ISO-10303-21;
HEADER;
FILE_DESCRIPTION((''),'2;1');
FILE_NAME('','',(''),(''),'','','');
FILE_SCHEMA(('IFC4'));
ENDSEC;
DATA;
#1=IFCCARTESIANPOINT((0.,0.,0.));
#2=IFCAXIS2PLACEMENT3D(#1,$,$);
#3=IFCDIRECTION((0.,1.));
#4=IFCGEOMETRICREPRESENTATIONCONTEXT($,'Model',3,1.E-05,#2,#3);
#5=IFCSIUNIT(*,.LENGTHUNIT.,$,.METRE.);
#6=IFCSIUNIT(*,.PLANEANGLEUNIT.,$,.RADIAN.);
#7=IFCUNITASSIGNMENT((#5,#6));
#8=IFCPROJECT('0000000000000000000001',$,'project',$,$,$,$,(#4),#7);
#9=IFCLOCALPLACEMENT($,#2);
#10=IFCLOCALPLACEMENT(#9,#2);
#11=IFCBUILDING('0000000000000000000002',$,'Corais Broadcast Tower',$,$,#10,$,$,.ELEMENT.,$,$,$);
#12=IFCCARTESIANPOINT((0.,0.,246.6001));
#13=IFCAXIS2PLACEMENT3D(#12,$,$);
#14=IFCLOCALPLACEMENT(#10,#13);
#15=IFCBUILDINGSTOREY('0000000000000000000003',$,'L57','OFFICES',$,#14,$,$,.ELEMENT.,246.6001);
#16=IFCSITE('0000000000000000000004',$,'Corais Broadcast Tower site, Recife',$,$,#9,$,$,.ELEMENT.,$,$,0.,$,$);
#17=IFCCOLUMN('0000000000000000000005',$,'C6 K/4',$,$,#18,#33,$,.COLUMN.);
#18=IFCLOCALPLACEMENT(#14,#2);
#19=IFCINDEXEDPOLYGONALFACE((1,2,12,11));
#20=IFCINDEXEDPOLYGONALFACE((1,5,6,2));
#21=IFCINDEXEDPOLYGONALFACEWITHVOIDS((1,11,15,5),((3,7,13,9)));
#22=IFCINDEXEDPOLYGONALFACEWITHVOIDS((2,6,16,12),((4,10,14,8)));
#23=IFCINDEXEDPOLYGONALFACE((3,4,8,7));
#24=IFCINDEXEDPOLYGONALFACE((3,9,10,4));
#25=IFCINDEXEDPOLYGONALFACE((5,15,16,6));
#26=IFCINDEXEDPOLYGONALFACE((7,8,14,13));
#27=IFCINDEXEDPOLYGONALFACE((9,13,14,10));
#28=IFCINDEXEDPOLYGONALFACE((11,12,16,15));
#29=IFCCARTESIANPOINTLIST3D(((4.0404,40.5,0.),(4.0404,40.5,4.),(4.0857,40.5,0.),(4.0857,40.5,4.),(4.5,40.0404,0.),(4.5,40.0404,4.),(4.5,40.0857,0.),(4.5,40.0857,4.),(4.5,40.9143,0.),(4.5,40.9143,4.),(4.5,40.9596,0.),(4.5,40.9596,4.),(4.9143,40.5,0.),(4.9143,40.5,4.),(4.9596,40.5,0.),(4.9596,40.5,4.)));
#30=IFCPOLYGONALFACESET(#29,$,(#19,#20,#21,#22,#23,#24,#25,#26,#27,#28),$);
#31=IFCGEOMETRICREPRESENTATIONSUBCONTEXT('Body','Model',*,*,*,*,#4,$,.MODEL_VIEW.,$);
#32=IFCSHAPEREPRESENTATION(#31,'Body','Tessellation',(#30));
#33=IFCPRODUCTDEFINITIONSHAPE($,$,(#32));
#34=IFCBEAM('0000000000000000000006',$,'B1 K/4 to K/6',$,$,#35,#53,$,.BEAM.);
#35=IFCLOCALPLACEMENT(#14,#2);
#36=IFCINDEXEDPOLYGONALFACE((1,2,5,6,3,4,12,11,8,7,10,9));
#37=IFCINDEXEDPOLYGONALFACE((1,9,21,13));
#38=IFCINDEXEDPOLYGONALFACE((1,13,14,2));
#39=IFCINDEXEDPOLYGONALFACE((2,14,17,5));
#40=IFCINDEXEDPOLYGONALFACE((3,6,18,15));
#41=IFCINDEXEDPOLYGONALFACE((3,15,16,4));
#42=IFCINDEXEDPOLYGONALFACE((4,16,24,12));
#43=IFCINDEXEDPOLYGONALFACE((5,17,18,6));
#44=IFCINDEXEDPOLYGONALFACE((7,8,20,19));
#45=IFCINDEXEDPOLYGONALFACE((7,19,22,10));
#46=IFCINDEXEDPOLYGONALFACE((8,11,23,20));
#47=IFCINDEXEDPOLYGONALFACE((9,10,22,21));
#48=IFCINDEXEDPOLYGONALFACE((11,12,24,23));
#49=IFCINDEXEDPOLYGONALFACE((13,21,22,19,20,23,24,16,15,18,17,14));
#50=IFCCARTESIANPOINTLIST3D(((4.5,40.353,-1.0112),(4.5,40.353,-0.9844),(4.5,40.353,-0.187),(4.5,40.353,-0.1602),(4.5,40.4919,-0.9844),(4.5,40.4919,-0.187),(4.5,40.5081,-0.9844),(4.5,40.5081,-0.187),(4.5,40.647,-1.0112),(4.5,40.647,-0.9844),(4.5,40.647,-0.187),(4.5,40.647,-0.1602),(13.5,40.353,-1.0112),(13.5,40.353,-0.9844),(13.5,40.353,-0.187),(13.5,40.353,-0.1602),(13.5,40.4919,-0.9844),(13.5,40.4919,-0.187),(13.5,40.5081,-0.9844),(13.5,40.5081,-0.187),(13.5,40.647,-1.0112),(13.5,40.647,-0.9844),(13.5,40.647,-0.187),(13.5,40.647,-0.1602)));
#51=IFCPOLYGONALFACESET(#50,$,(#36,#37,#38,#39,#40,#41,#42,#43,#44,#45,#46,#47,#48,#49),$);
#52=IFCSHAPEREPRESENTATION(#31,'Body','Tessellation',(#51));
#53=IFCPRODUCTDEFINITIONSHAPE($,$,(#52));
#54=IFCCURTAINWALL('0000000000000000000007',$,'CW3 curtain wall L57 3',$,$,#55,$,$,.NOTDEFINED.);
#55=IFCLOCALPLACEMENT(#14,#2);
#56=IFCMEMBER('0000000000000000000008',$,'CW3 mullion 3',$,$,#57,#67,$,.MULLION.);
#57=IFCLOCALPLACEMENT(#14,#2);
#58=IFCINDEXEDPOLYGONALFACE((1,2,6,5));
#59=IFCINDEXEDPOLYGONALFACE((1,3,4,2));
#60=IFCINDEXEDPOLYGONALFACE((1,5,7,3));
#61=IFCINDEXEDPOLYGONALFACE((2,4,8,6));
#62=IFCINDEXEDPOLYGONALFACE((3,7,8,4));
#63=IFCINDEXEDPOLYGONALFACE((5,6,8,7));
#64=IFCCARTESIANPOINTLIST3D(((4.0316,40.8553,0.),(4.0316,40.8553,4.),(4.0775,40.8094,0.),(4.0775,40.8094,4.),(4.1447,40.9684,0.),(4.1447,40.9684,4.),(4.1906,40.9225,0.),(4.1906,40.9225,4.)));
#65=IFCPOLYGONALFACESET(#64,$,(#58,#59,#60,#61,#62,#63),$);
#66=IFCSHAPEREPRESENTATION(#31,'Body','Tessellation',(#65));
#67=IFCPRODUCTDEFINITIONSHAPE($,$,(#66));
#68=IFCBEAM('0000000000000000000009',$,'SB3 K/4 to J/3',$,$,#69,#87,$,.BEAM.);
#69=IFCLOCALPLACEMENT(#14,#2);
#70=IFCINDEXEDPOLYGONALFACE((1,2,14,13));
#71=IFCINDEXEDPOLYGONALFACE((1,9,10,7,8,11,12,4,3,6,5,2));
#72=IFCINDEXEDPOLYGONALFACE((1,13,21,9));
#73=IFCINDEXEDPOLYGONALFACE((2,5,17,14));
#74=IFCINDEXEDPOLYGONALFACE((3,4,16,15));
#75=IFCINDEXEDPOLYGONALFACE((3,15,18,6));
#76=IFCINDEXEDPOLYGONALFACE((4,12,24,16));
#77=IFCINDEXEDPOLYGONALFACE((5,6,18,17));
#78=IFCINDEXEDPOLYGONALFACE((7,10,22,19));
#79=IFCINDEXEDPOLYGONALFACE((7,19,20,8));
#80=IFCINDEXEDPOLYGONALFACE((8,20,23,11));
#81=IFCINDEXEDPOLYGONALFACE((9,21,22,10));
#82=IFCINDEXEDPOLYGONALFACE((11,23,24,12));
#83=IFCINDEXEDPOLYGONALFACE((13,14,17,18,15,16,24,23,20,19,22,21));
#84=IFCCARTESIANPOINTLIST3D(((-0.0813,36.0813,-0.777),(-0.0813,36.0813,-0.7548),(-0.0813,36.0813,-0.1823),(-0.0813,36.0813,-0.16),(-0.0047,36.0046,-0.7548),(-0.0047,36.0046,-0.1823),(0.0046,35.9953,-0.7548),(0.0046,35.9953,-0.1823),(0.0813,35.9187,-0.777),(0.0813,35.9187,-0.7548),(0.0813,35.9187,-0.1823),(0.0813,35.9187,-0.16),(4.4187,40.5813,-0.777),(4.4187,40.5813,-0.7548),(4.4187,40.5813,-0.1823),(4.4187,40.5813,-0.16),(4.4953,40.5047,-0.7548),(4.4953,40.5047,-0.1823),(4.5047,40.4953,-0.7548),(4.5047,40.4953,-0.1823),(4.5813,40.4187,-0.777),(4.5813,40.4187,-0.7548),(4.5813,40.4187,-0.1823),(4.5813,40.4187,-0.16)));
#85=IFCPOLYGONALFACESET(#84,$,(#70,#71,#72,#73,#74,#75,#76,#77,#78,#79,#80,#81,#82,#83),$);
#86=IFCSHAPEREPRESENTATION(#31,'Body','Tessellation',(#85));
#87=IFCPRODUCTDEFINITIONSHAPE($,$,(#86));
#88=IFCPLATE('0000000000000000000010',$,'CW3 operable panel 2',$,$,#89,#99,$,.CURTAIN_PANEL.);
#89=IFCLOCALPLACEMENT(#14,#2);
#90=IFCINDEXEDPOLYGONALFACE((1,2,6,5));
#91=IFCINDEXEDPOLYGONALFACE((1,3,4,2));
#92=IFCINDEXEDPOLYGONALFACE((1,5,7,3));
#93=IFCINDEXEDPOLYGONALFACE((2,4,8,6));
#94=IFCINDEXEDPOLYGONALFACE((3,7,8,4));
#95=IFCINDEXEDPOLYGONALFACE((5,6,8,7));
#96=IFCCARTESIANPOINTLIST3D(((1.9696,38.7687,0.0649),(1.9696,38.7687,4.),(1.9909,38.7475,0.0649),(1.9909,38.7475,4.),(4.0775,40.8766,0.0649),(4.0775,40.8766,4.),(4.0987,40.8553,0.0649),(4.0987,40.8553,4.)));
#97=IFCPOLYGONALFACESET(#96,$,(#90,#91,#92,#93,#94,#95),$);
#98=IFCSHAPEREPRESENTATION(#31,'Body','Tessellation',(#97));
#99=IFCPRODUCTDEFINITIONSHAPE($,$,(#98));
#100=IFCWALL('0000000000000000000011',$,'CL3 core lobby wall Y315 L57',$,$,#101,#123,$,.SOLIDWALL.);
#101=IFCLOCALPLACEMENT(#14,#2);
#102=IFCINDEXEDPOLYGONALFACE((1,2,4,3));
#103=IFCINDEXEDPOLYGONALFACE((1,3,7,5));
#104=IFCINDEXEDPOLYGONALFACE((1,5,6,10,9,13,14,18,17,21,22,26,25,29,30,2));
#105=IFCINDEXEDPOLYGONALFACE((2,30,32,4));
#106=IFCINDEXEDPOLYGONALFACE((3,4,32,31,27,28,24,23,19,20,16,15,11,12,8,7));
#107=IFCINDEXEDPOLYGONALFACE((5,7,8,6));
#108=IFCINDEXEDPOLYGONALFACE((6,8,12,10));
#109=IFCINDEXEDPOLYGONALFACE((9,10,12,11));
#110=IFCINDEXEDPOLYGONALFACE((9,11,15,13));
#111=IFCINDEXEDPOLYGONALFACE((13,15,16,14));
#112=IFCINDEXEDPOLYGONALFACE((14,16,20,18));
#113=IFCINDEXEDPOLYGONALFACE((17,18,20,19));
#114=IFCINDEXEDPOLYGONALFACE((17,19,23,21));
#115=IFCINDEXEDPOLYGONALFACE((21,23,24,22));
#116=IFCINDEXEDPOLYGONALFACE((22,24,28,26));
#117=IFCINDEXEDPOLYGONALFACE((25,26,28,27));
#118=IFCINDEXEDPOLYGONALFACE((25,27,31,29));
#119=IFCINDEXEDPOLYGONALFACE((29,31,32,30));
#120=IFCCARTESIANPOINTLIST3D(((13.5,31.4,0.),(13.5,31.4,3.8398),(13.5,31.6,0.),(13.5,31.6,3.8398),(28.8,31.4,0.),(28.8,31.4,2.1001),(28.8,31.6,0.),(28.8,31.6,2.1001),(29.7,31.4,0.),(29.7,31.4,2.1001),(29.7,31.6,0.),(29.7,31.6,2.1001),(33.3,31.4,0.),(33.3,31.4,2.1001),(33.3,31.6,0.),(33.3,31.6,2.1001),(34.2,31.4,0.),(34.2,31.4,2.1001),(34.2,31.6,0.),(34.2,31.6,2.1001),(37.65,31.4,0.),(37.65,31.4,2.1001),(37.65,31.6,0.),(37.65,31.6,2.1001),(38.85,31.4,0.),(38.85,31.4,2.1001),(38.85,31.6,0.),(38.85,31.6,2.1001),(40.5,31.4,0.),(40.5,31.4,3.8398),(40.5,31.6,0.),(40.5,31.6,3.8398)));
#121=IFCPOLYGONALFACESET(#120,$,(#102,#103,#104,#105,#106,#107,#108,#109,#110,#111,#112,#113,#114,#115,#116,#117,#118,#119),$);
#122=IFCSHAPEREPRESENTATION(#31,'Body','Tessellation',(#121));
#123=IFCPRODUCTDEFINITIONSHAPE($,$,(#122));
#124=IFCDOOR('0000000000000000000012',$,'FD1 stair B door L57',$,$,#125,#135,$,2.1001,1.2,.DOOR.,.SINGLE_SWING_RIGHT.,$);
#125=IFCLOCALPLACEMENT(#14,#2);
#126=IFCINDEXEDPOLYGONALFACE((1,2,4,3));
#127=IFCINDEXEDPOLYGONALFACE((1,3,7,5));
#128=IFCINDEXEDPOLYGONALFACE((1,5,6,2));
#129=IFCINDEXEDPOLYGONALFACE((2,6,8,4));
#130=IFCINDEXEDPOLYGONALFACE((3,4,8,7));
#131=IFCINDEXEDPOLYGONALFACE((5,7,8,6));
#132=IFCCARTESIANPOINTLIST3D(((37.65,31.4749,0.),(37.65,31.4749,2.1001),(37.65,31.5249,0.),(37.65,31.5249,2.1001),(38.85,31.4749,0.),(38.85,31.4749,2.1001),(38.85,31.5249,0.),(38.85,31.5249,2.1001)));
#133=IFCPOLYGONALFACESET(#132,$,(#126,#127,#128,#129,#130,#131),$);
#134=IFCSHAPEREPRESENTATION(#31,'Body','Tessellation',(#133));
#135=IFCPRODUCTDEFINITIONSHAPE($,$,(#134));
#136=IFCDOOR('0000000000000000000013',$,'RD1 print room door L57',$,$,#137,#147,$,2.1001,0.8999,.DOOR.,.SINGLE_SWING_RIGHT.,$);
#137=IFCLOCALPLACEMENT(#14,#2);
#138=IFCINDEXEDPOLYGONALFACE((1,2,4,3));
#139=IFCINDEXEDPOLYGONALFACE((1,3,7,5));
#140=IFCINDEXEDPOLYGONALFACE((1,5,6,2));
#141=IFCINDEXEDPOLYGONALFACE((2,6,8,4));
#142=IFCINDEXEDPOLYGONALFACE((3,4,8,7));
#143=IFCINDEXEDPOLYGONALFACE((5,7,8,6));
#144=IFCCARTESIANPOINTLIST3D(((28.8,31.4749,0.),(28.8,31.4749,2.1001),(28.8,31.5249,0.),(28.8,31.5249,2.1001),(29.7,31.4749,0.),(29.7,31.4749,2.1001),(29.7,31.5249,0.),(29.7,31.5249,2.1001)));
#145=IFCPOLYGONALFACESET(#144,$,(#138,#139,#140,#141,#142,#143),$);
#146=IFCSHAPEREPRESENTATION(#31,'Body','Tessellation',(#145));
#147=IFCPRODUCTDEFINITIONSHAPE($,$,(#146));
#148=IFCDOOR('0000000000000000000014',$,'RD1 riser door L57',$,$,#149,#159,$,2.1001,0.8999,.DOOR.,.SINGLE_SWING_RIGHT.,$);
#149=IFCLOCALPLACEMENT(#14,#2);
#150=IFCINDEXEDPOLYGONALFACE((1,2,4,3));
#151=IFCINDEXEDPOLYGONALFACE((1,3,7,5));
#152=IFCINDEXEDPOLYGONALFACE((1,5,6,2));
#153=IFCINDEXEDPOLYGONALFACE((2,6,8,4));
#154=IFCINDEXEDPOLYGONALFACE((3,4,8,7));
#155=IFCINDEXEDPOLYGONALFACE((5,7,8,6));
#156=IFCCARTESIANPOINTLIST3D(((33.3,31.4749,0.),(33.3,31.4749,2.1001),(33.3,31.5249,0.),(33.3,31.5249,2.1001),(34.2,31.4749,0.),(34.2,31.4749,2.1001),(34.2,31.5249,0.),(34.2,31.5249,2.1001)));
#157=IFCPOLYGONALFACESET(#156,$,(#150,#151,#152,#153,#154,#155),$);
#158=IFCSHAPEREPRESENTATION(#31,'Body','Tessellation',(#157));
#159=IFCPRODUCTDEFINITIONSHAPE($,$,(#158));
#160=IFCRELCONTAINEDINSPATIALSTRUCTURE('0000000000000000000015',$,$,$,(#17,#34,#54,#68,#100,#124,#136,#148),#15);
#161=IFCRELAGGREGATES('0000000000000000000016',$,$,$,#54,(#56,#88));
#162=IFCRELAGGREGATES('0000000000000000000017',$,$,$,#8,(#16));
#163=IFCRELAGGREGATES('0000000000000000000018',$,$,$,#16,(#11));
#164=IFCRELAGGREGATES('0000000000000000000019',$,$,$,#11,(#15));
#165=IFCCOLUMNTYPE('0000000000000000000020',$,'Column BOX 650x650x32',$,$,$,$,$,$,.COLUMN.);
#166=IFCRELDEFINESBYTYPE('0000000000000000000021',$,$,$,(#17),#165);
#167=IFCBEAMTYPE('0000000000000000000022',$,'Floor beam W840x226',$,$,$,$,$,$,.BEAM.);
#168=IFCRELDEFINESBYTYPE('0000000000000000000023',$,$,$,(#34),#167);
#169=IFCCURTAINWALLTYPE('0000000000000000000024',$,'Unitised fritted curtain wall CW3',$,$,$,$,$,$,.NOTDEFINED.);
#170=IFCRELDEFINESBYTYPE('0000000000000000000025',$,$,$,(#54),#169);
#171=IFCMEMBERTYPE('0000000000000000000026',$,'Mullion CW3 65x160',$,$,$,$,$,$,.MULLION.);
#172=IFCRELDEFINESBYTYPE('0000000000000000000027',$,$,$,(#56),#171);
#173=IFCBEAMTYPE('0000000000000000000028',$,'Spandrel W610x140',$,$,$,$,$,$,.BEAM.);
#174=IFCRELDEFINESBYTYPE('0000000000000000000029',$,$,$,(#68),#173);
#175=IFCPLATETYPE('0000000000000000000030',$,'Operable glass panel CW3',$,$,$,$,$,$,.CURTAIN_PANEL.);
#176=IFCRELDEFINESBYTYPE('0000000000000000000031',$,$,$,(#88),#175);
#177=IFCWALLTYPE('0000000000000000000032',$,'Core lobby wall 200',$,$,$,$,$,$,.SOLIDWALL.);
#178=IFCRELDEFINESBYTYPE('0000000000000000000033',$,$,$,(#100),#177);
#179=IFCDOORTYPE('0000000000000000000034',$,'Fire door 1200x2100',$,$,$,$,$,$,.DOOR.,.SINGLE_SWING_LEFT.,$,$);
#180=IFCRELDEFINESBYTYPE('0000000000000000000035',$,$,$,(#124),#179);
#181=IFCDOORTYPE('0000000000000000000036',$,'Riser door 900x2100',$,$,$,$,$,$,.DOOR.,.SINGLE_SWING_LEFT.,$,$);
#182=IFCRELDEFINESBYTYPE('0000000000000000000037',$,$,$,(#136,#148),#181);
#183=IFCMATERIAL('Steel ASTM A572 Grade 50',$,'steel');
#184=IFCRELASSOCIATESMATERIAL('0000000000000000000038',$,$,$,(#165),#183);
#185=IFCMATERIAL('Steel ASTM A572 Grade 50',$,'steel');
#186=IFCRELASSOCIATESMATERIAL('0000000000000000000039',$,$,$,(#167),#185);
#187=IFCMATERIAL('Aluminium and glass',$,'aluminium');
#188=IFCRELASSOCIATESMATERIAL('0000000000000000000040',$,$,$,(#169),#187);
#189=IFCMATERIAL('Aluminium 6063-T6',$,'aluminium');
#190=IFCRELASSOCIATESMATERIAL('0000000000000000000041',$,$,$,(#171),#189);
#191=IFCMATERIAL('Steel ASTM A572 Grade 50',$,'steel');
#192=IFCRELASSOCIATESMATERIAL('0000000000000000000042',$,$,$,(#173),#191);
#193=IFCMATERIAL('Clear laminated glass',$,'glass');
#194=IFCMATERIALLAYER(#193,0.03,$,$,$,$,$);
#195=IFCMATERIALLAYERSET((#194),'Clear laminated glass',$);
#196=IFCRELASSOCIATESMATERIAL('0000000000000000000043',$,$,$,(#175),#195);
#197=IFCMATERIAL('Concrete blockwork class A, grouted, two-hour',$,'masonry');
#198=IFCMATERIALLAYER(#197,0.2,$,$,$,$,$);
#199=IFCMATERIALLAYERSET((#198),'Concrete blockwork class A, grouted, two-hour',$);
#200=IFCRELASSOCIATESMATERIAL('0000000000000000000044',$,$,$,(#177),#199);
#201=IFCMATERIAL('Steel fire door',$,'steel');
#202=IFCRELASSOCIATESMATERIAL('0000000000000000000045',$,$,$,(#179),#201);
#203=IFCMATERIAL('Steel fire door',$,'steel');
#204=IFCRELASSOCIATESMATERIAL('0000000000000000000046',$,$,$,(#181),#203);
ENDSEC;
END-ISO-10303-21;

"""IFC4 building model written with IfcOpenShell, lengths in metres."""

from ifc_helpers import new_model, si_unit, direction, frame, frame_2d, origin, origin_2d, place, context, subcontext, project, spatial, rectangle, hollow_rectangle, i_section, extrude, material, layer, layer_set, material_profile, profile_set, type_object, element, fill, aggregate, save


model = new_model("IFC4")

# Units and contexts
model_context = context("Model", 3, precision=1e-05, world=origin(), true_north=direction((0.0, 1.0)))
body_context = subcontext(model_context, "Body", "Model", "MODEL_VIEW")
ifc_project = project(units=[si_unit("LENGTHUNIT", "METRE"), si_unit("PLANEANGLEUNIT", "RADIAN")], contexts=[model_context])

# Site, building, storey
site_placement = place(None, origin())
site = spatial("IfcSite", under=ifc_project, at=site_placement, Name="Corais Broadcast Tower site, Recife", CompositionType="ELEMENT", RefElevation=0.0)
building_placement = place(site_placement, origin())
building = spatial("IfcBuilding", under=site, at=building_placement, Name="Corais Broadcast Tower", CompositionType="ELEMENT")
storey_placement = place(building_placement, frame((0.0, 0.0, 246.6001)))
storey = spatial("IfcBuildingStorey", under=building, at=storey_placement, Name="L57", Description="OFFICES", CompositionType="ELEMENT", Elevation=246.6001)

# Column
ifc_material_1 = material(Name="Steel ASTM A572 Grade 50", Category="steel")
ifc_material_profile_1 = material_profile(ifc_material_1, hollow_rectangle(XDim=0.6499, YDim=0.6499, WallThickness=0.032, at=origin_2d()), Name="BOX 650x650x32")
ifc_profile_set_1 = profile_set([ifc_material_profile_1], Name="Steel ASTM A572 Grade 50")
column_type = type_object("IfcColumnType", Name="Column BOX 650x650x32", PredefinedType="COLUMN", material=ifc_profile_set_1)
column_placement = place(storey_placement, frame((4.5, 40.5, 0.0), z_axis=(0.0, 0.0, 1.0), x_axis=(0.707107, 0.707107, 0.0)))
element("IfcColumn", 1, at=column_placement, inside=storey, type_object=column_type, Name="C6 K/4", PredefinedType="COLUMN", context=body_context, shape_type="SweptSolid", body=[
    extrude(hollow_rectangle(XDim=0.6499, YDim=0.6499, WallThickness=0.032, at=origin_2d()), origin(), (0.0, 0.0, 1.0), 4.0),
])

# Beam
ifc_material_2 = material(Name="Steel ASTM A572 Grade 50", Category="steel")
ifc_material_profile_2 = material_profile(ifc_material_2, i_section(OverallWidth=0.2939, OverallDepth=0.8511, WebThickness=0.0161, FlangeThickness=0.0269, at=origin_2d()), Name="W840x226")
ifc_profile_set_2 = profile_set([ifc_material_profile_2], Name="Steel ASTM A572 Grade 50")
beam_type_1 = type_object("IfcBeamType", Name="Floor beam W840x226", PredefinedType="BEAM", material=ifc_profile_set_2)
beam_1_placement = place(storey_placement, frame((4.5, 40.5, -0.5857), z_axis=(1.0, 0.0, 0.0), x_axis=(0.0, 1.0, 0.0)))
element("IfcBeam", 2, at=beam_1_placement, inside=storey, type_object=beam_type_1, Name="B1 K/4 to K/6", PredefinedType="BEAM", context=body_context, shape_type="SweptSolid", body=[
    extrude(i_section(OverallWidth=0.2939, OverallDepth=0.8511, WebThickness=0.0161, FlangeThickness=0.0269, at=origin_2d()), origin(), (0.0, 0.0, 1.0), 9.0),
])

# Curtain wall, member
ifc_material_3 = material(Name="Aluminium and glass", Category="aluminium")
curtain_wall_type = type_object("IfcCurtainWallType", Name="Unitised fritted curtain wall CW3", PredefinedType="NOTDEFINED", material=ifc_material_3)
curtain_wall_placement = place(storey_placement, origin())
curtain_wall = element("IfcCurtainWall", 3, at=curtain_wall_placement, inside=storey, type_object=curtain_wall_type, Name="CW3 curtain wall L57 3", PredefinedType="NOTDEFINED")
ifc_material_4 = material(Name="Aluminium 6063-T6", Category="aluminium")
ifc_material_profile_3 = material_profile(ifc_material_4, rectangle(XDim=0.0649, YDim=0.1599, at=origin_2d()), Name="Mullion CW3 65x160")
ifc_profile_set_3 = profile_set([ifc_material_profile_3], Name="Aluminium 6063-T6")
member_type = type_object("IfcMemberType", Name="Mullion CW3 65x160", PredefinedType="MULLION", material=ifc_profile_set_3)
member_placement = place(storey_placement, frame((4.1111, 40.8889, 0.0), z_axis=(0.0, 0.0, 1.0), x_axis=(-0.707107, 0.707107, 0.0)))
member = element("IfcMember", 4, at=member_placement, type_object=member_type, Name="CW3 mullion 3", PredefinedType="MULLION", context=body_context, shape_type="SweptSolid", body=[
    extrude(rectangle(XDim=0.0649, YDim=0.1599, at=origin_2d()), origin(), (0.0, 0.0, 1.0), 4.0),
])

# Beam
ifc_material_5 = material(Name="Steel ASTM A572 Grade 50", Category="steel")
ifc_material_profile_4 = material_profile(ifc_material_5, i_section(OverallWidth=0.23, OverallDepth=0.6169, WebThickness=0.0132, FlangeThickness=0.0222, at=origin_2d()), Name="W610x140")
ifc_profile_set_4 = profile_set([ifc_material_profile_4], Name="Steel ASTM A572 Grade 50")
beam_type_2 = type_object("IfcBeamType", Name="Spandrel W610x140", PredefinedType="BEAM", material=ifc_profile_set_4)
beam_2_placement = place(storey_placement, frame((4.5, 40.5, -0.4685), z_axis=(-0.707107, -0.707107, 0.0), x_axis=(0.707107, -0.707107, 0.0)))
element("IfcBeam", 5, at=beam_2_placement, inside=storey, type_object=beam_type_2, Name="SB3 K/4 to J/3", PredefinedType="BEAM", context=body_context, shape_type="SweptSolid", body=[
    extrude(i_section(OverallWidth=0.23, OverallDepth=0.6169, WebThickness=0.0132, FlangeThickness=0.0222, at=origin_2d()), origin(), (0.0, 0.0, 1.0), 6.364),
])

# Plate
ifc_material_6 = material(Name="Clear laminated glass", Category="glass")
ifc_layer_1 = layer(ifc_material_6, 0.03)
ifc_layer_set_1 = layer_set([ifc_layer_1], Name="Clear laminated glass")
plate_type = type_object("IfcPlateType", Name="Operable glass panel CW3", PredefinedType="CURTAIN_PANEL", material=ifc_layer_set_1)
plate_placement = place(storey_placement, frame((3.0342, 39.812, 0.0649), z_axis=(0.0, 0.0, 1.0), x_axis=(0.707107, 0.707107, 0.0)))
plate = element("IfcPlate", 6, at=plate_placement, type_object=plate_type, Name="CW3 operable panel 2", PredefinedType="CURTAIN_PANEL", context=body_context, shape_type="SweptSolid", body=[
    extrude(rectangle(XDim=2.981, YDim=0.03, at=origin_2d()), origin(), (0.0, 0.0, 1.0), 3.9351),
])
aggregate(curtain_wall, [member, plate])

# Wall, openings, doors
ifc_material_7 = material(Name="Concrete blockwork class A, grouted, two-hour", Category="masonry")
ifc_layer_2 = layer(ifc_material_7, 0.2)
ifc_layer_set_2 = layer_set([ifc_layer_2], Name="Concrete blockwork class A, grouted, two-hour")
wall_type_1 = type_object("IfcWallType", Name="Core lobby wall 200", PredefinedType="SOLIDWALL", material=ifc_layer_set_2)
wall_1_placement = place(storey_placement, frame((13.5, 31.5, 0.0), z_axis=(0.0, 0.0, 1.0), x_axis=(1.0, 0.0, 0.0)))
wall_1 = element("IfcWall", 7, at=wall_1_placement, inside=storey, type_object=wall_type_1, Name="CL3 core lobby wall Y315 L57", PredefinedType="SOLIDWALL", context=body_context, shape_type="SweptSolid", body=[
    extrude(rectangle(XDim=27.0, YDim=0.2, at=frame_2d((13.5, 0.0))), origin(), (0.0, 0.0, 1.0), 3.8398),
])
opening_1_placement = place(wall_1_placement, frame((24.1499, 0.0, 0.0)))
opening_1 = element("IfcOpeningElement", 8, at=opening_1_placement, cuts=wall_1, PredefinedType="OPENING", context=body_context, shape_type="SweptSolid", body=[
    extrude(rectangle(XDim=1.2, YDim=2.1001, at=frame_2d((0.6001, 1.05))), frame((0.0, 0.1099, 0.0), z_axis=(0.0, -1.0, 0.0), x_axis=(1.0, 0.0, 0.0)), (0.0, 0.0, 1.0), 0.22),
])
opening_2_placement = place(wall_1_placement, frame((15.3, 0.0, 0.0)))
opening_2 = element("IfcOpeningElement", 9, at=opening_2_placement, cuts=wall_1, PredefinedType="OPENING", context=body_context, shape_type="SweptSolid", body=[
    extrude(rectangle(XDim=0.8999, YDim=2.1001, at=frame_2d((0.45, 1.05))), frame((0.0, 0.1099, 0.0), z_axis=(0.0, -1.0, 0.0), x_axis=(1.0, 0.0, 0.0)), (0.0, 0.0, 1.0), 0.22),
])
opening_3_placement = place(wall_1_placement, frame((19.8, 0.0, 0.0)))
opening_3 = element("IfcOpeningElement", 10, at=opening_3_placement, cuts=wall_1, PredefinedType="OPENING", context=body_context, shape_type="SweptSolid", body=[
    extrude(rectangle(XDim=0.8999, YDim=2.1001, at=frame_2d((0.45, 1.05))), frame((0.0, 0.1099, 0.0), z_axis=(0.0, -1.0, 0.0), x_axis=(1.0, 0.0, 0.0)), (0.0, 0.0, 1.0), 0.22),
])
ifc_material_8 = material(Name="Steel fire door", Category="steel")
door_type_1 = type_object("IfcDoorType", Name="Fire door 1200x2100", OperationType="SINGLE_SWING_LEFT", PredefinedType="DOOR", material=ifc_material_8)
door_1_placement = place(opening_1_placement, origin())
door_1 = element("IfcDoor", 11, at=door_1_placement, inside=storey, type_object=door_type_1, Name="FD1 stair B door L57", OperationType="SINGLE_SWING_RIGHT", OverallHeight=2.1001, OverallWidth=1.2, PredefinedType="DOOR", context=body_context, shape_type="SweptSolid", body=[
    extrude(rectangle(XDim=1.2, YDim=2.1001, at=frame_2d((0.6001, 1.05))), frame((0.0, 0.0249, 0.0), z_axis=(0.0, -1.0, 0.0), x_axis=(1.0, 0.0, 0.0)), (0.0, 0.0, 1.0), 0.05),
])
fill(opening_1, door_1)
ifc_material_9 = material(Name="Steel fire door", Category="steel")
door_type_2 = type_object("IfcDoorType", Name="Riser door 900x2100", OperationType="SINGLE_SWING_LEFT", PredefinedType="DOOR", material=ifc_material_9)
door_2_placement = place(opening_2_placement, origin())
door_2 = element("IfcDoor", 12, at=door_2_placement, inside=storey, type_object=door_type_2, Name="RD1 print room door L57", OperationType="SINGLE_SWING_RIGHT", OverallHeight=2.1001, OverallWidth=0.8999, PredefinedType="DOOR", context=body_context, shape_type="SweptSolid", body=[
    extrude(rectangle(XDim=0.8999, YDim=2.1001, at=frame_2d((0.45, 1.05))), frame((0.0, 0.0249, 0.0), z_axis=(0.0, -1.0, 0.0), x_axis=(1.0, 0.0, 0.0)), (0.0, 0.0, 1.0), 0.05),
])
fill(opening_2, door_2)
door_3_placement = place(opening_3_placement, origin())
door_3 = element("IfcDoor", 13, at=door_3_placement, inside=storey, type_object=door_type_2, Name="RD1 riser door L57", OperationType="SINGLE_SWING_RIGHT", OverallHeight=2.1001, OverallWidth=0.8999, PredefinedType="DOOR", context=body_context, shape_type="SweptSolid", body=[
    extrude(rectangle(XDim=0.8999, YDim=2.1001, at=frame_2d((0.45, 1.05))), frame((0.0, 0.0249, 0.0), z_axis=(0.0, -1.0, 0.0), x_axis=(1.0, 0.0, 0.0)), (0.0, 0.0, 1.0), 0.05),
])
fill(opening_3, door_3)

save(model, "model.ifc")
